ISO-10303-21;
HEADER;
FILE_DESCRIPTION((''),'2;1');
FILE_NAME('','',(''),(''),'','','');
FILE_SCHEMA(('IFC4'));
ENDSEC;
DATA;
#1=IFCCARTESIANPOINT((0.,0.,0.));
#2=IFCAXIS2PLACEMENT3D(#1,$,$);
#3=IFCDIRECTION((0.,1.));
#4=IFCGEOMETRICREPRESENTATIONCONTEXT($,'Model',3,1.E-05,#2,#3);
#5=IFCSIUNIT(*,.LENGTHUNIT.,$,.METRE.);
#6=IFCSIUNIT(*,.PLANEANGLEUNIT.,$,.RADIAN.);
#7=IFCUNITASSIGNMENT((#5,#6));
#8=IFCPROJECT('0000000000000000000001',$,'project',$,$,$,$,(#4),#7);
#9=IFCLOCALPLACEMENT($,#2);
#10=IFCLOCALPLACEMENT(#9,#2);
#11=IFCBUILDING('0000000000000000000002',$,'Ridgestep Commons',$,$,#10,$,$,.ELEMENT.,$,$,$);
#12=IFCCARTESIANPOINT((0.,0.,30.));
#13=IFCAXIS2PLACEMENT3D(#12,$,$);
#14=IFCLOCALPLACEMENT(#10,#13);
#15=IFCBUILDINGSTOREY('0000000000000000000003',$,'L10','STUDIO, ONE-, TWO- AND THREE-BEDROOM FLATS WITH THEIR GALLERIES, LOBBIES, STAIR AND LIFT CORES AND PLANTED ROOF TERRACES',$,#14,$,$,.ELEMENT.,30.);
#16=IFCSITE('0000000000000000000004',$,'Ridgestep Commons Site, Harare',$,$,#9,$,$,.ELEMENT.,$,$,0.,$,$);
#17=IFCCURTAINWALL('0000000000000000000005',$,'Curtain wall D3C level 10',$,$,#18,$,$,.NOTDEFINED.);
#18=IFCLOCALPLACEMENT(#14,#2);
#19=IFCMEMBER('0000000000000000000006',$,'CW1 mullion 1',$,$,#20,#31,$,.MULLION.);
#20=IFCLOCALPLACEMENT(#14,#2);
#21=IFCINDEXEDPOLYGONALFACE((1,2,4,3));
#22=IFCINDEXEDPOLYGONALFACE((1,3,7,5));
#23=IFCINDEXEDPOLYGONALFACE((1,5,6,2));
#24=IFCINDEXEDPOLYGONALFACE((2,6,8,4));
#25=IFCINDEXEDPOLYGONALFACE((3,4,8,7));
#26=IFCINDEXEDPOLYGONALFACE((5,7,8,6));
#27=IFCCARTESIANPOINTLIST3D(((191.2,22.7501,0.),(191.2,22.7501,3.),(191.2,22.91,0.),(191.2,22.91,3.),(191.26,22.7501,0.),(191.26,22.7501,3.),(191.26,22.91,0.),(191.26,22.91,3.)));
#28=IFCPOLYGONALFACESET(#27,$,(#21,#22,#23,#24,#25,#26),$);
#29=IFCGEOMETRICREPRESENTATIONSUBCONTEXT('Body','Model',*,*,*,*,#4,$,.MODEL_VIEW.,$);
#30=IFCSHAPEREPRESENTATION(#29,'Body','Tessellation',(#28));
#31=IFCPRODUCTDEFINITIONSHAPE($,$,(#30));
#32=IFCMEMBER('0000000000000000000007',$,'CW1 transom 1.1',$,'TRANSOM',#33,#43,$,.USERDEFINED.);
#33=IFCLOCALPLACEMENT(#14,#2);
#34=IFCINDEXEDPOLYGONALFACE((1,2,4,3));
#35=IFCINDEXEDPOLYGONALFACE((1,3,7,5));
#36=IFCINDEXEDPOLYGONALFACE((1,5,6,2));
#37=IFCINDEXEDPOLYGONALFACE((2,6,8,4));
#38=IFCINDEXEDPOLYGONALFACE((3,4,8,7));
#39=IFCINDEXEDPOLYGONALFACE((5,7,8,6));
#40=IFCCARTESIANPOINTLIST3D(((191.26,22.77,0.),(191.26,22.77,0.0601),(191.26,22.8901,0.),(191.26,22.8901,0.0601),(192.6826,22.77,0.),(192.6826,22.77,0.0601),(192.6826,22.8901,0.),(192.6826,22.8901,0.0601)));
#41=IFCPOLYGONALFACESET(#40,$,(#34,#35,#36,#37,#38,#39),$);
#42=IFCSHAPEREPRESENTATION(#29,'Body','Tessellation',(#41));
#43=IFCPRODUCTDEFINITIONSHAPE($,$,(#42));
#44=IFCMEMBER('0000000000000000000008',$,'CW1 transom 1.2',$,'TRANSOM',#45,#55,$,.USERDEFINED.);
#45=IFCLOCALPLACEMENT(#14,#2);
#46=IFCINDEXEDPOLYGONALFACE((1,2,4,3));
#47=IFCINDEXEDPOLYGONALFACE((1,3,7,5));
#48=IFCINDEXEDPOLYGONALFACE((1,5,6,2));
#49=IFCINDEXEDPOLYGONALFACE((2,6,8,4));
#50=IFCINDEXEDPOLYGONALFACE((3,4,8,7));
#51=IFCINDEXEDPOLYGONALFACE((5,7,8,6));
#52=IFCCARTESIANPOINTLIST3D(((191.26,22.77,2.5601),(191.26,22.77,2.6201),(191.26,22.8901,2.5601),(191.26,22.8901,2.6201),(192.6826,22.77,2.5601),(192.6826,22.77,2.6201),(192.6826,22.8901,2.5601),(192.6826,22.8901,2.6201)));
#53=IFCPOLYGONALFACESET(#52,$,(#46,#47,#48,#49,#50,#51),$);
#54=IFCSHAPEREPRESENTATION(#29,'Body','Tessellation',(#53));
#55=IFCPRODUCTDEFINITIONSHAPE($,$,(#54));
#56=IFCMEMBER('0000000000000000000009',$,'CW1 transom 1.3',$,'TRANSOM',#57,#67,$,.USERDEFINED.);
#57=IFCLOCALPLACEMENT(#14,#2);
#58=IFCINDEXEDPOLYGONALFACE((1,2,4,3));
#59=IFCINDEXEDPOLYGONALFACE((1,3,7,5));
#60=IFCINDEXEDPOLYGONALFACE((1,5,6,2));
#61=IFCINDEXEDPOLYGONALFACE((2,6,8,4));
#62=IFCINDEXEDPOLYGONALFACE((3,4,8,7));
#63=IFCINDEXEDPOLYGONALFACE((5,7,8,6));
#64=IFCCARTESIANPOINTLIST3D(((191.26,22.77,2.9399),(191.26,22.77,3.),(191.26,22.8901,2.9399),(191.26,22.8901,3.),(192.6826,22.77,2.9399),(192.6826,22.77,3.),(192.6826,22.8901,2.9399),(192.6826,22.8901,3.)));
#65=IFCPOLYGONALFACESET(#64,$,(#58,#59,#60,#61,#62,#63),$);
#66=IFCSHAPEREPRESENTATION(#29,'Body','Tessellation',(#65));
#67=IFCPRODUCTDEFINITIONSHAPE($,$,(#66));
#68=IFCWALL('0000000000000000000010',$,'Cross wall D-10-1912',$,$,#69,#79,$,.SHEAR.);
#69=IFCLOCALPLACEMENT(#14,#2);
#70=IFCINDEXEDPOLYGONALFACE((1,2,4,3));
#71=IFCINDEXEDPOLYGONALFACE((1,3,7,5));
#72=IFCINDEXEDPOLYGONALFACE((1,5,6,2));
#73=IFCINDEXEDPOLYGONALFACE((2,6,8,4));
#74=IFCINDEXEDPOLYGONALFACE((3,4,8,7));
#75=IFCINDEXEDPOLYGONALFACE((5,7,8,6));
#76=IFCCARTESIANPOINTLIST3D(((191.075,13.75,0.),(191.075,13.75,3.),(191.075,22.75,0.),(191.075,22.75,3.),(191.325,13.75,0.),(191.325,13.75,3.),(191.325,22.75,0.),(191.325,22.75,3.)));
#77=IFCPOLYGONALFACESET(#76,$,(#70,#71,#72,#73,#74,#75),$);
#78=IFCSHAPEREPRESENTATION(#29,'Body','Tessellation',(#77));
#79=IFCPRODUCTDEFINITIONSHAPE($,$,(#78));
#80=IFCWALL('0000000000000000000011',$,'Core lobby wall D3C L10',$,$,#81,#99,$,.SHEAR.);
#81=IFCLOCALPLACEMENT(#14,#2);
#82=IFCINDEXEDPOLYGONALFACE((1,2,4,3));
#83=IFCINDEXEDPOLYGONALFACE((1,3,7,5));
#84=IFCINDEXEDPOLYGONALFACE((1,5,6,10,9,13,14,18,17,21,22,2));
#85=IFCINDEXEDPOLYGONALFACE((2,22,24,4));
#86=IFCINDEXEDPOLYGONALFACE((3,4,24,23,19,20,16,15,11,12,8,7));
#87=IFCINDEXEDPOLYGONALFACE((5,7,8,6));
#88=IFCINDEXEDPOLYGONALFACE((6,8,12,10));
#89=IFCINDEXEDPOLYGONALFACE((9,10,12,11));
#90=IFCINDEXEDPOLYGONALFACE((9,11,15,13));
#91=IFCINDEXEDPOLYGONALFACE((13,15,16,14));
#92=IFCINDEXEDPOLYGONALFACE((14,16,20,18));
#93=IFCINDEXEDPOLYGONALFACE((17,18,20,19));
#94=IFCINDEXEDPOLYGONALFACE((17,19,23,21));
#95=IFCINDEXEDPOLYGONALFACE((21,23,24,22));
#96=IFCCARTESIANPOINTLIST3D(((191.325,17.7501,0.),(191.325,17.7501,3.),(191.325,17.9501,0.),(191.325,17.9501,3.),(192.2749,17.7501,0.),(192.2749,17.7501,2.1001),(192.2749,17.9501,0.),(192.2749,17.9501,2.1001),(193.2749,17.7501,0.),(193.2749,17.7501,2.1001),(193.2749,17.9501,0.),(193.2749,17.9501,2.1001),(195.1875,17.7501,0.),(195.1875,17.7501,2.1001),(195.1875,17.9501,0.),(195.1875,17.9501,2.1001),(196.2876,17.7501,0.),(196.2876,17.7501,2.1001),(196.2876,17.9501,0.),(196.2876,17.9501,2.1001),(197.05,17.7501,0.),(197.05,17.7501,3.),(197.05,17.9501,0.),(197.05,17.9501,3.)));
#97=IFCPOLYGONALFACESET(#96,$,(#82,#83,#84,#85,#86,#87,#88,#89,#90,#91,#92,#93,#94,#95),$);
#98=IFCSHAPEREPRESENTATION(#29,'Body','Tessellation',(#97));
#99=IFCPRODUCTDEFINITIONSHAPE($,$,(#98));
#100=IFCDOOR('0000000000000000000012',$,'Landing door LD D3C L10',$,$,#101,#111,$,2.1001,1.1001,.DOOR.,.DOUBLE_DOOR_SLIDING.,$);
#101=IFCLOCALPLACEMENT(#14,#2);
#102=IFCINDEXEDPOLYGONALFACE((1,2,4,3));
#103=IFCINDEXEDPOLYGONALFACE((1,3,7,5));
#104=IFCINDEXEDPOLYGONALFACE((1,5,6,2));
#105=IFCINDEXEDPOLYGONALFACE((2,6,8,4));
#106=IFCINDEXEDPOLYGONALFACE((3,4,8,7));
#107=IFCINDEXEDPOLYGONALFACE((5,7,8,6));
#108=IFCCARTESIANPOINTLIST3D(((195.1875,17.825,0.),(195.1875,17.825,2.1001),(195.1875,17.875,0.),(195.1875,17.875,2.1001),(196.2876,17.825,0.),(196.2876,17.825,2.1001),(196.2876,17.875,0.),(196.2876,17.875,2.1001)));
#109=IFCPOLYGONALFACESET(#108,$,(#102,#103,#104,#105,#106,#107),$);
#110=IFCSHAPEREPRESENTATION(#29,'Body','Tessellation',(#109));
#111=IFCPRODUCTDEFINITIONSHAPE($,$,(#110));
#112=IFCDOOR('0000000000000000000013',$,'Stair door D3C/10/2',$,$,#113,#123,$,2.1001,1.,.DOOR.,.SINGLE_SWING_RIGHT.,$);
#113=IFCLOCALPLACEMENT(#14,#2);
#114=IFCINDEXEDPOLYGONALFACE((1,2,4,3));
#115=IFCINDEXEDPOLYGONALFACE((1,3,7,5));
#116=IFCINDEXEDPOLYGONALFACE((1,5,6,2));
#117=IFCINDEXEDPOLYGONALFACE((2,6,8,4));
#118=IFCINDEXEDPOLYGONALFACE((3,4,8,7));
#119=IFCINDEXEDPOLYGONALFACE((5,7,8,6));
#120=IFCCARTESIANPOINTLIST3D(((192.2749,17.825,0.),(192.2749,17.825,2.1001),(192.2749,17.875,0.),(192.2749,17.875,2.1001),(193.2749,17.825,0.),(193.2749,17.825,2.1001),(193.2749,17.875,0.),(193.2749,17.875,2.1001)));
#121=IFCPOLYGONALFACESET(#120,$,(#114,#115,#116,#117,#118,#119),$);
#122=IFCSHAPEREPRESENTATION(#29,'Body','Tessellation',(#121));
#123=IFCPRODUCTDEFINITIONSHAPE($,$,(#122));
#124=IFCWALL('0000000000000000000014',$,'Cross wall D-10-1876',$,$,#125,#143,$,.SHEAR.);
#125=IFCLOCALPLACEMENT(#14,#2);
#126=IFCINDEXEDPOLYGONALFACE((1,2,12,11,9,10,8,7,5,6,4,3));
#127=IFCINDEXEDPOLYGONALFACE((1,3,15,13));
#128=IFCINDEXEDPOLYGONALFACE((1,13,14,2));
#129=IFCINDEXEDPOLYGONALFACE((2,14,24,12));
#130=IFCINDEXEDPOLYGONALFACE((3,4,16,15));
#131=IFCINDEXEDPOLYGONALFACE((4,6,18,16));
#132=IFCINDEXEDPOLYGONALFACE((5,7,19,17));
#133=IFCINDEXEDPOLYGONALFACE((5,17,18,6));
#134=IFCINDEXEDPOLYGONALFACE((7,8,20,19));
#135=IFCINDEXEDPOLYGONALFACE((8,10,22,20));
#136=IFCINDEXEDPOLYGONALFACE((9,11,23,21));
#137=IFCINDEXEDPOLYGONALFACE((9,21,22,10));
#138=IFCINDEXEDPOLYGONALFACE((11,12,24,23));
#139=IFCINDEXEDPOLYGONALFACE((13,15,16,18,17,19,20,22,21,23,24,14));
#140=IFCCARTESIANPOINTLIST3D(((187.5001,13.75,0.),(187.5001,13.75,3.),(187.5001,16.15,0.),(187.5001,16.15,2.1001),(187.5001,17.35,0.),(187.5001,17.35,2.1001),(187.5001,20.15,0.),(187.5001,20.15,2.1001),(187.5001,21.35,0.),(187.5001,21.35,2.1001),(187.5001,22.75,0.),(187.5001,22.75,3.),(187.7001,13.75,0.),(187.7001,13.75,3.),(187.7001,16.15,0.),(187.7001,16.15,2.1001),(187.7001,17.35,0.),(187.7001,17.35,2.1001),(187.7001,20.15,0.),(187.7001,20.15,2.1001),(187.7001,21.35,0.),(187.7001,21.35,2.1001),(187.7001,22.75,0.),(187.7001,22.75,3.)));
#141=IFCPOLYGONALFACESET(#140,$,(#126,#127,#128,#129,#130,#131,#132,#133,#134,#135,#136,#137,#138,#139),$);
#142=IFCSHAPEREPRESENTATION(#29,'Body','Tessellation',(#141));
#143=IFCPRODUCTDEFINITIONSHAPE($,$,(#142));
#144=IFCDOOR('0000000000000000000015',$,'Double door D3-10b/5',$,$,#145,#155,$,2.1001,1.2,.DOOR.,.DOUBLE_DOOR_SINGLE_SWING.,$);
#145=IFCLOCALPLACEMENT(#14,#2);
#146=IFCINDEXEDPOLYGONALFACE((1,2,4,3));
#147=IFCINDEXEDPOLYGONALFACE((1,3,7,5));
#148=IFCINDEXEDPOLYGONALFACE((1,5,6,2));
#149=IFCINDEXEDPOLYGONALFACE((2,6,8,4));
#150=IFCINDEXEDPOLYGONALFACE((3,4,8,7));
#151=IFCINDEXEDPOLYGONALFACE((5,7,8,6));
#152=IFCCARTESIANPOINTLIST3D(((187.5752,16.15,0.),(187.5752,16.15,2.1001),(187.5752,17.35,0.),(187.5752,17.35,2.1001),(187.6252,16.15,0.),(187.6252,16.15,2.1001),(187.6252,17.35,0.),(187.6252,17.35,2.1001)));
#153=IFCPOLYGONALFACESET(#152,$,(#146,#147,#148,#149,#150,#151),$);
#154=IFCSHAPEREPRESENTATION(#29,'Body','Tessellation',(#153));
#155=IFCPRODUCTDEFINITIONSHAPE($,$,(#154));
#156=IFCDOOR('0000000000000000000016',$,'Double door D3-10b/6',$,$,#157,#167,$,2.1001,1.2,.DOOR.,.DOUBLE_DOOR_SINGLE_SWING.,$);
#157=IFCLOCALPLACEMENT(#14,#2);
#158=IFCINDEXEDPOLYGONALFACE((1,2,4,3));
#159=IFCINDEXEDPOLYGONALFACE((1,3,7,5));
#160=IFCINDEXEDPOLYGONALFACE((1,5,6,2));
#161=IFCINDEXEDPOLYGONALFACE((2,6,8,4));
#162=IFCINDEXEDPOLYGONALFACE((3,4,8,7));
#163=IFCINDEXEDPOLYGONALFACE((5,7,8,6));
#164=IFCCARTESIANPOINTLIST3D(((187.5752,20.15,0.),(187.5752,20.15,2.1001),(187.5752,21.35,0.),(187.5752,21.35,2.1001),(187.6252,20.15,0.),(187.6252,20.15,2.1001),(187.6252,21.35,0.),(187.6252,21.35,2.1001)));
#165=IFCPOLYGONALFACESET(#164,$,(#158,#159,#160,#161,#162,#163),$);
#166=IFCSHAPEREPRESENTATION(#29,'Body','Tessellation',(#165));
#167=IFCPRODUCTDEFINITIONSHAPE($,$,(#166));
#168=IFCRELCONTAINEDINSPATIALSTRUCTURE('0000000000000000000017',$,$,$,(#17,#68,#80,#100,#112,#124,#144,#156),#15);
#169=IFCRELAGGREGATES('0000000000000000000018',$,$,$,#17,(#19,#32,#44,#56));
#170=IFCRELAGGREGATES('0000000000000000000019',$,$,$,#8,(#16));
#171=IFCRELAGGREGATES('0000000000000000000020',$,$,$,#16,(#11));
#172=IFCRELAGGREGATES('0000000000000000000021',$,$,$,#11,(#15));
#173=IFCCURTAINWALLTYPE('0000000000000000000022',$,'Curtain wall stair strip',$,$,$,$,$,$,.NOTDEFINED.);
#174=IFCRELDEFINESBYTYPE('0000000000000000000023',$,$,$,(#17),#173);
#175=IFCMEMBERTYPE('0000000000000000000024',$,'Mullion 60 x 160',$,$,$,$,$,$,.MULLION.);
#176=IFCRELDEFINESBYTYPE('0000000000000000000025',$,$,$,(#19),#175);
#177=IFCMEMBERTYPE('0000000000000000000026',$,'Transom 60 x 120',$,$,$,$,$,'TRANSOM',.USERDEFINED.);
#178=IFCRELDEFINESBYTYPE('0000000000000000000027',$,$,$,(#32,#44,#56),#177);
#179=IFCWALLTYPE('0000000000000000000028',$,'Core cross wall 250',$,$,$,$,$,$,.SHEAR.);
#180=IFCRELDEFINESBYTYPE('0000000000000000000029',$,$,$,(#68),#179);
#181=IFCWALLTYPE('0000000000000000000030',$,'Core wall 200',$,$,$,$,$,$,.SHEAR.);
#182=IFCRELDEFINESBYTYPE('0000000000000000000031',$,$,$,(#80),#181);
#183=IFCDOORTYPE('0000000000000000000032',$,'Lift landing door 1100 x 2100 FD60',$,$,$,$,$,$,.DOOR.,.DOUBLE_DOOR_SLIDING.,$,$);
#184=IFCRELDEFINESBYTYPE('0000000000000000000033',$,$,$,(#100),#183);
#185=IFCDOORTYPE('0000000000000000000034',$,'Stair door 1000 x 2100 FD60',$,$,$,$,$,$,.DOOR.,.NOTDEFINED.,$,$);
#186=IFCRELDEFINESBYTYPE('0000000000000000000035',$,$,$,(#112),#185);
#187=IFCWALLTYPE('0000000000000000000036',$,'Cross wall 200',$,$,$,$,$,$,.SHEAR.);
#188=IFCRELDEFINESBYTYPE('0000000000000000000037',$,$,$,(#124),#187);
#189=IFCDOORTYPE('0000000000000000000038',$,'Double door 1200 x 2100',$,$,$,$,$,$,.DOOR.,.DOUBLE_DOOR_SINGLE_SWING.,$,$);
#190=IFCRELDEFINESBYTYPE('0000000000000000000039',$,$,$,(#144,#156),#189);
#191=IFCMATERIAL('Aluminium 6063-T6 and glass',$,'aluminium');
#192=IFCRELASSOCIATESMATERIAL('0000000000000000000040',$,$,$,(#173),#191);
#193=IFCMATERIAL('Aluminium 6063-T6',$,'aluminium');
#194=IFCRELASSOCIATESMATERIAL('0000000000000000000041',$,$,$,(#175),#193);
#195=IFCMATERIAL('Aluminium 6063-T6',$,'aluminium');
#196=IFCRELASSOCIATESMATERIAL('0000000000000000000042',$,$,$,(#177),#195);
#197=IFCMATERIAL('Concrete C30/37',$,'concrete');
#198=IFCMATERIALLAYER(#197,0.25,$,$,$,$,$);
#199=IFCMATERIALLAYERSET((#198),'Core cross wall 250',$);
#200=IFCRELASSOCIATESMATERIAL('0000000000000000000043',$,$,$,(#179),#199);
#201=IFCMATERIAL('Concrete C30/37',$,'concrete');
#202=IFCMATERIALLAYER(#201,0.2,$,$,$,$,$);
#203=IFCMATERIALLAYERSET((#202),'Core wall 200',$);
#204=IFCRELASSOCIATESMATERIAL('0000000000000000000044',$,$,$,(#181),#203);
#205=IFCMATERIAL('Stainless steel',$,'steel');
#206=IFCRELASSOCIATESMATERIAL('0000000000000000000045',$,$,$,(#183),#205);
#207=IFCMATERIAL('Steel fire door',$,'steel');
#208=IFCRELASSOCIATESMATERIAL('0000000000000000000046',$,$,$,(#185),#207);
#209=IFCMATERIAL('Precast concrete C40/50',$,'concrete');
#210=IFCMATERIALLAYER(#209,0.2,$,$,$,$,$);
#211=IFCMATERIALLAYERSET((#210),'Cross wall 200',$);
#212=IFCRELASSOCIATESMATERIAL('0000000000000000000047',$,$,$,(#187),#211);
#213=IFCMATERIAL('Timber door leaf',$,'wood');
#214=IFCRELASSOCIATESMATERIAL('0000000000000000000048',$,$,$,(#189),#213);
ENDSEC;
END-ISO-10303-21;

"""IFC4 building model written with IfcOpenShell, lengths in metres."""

from ifc_helpers import new_model, si_unit, direction, frame, frame_2d, origin, origin_2d, place, context, subcontext, project, spatial, rectangle, extrude, material, layer, layer_set, material_profile, profile_set, type_object, element, fill, aggregate, save


model = new_model("IFC4")

# Units and contexts
model_context = context("Model", 3, precision=1e-05, world=origin(), true_north=direction((0.0, 1.0)))
body_context = subcontext(model_context, "Body", "Model", "MODEL_VIEW")
ifc_project = project(units=[si_unit("LENGTHUNIT", "METRE"), si_unit("PLANEANGLEUNIT", "RADIAN")], contexts=[model_context])

# Site, building, storey
site_placement = place(None, origin())
site = spatial("IfcSite", under=ifc_project, at=site_placement, Name="Ridgestep Commons Site, Harare", CompositionType="ELEMENT", RefElevation=0.0)
building_placement = place(site_placement, origin())
building = spatial("IfcBuilding", under=site, at=building_placement, Name="Ridgestep Commons", CompositionType="ELEMENT")
storey_placement = place(building_placement, frame((0.0, 0.0, 30.0)))
storey = spatial("IfcBuildingStorey", under=building, at=storey_placement, Name="L10", Description="STUDIO, ONE-, TWO- AND THREE-BEDROOM FLATS WITH THEIR GALLERIES, LOBBIES, STAIR AND LIFT CORES AND PLANTED ROOF TERRACES", CompositionType="ELEMENT", Elevation=30.0)

# Curtain wall, members
ifc_material_1 = material(Name="Aluminium 6063-T6 and glass", Category="aluminium")
curtain_wall_type = type_object("IfcCurtainWallType", Name="Curtain wall stair strip", PredefinedType="NOTDEFINED", material=ifc_material_1)
curtain_wall_placement = place(storey_placement, origin())
curtain_wall = element("IfcCurtainWall", 1, at=curtain_wall_placement, inside=storey, type_object=curtain_wall_type, Name="Curtain wall D3C level 10", PredefinedType="NOTDEFINED")
ifc_material_2 = material(Name="Aluminium 6063-T6", Category="aluminium")
ifc_material_profile_1 = material_profile(ifc_material_2, rectangle(XDim=0.1599, YDim=0.0601, at=origin_2d()), Name="Mullion 60 x 160")
ifc_profile_set_1 = profile_set([ifc_material_profile_1], Name="Aluminium 6063-T6")
member_type_1 = type_object("IfcMemberType", Name="Mullion 60 x 160", PredefinedType="MULLION", material=ifc_profile_set_1)
member_1_placement = place(storey_placement, frame((191.23, 22.8301, 0.0), z_axis=(0.0, 0.0, 1.0), x_axis=(0.0, 1.0, 0.0)))
member_1 = element("IfcMember", 2, at=member_1_placement, type_object=member_type_1, Name="CW1 mullion 1", PredefinedType="MULLION", context=body_context, shape_type="SweptSolid", body=[
    extrude(rectangle(XDim=0.1599, YDim=0.0601, at=origin_2d()), origin(), (0.0, 0.0, 1.0), 3.0),
])
ifc_material_3 = material(Name="Aluminium 6063-T6", Category="aluminium")
ifc_material_profile_2 = material_profile(ifc_material_3, rectangle(XDim=0.1201, YDim=0.0601, at=origin_2d()), Name="Transom 60 x 120")
ifc_profile_set_2 = profile_set([ifc_material_profile_2], Name="Aluminium 6063-T6")
member_type_2 = type_object("IfcMemberType", Name="Transom 60 x 120", ElementType="TRANSOM", PredefinedType="USERDEFINED", material=ifc_profile_set_2)
member_2_placement = place(storey_placement, frame((191.26, 22.8301, 0.03), z_axis=(1.0, 0.0, 0.0), x_axis=(0.0, 1.0, 0.0)))
member_2 = element("IfcMember", 3, at=member_2_placement, type_object=member_type_2, Name="CW1 transom 1.1", ObjectType="TRANSOM", PredefinedType="USERDEFINED", context=body_context, shape_type="SweptSolid", body=[
    extrude(rectangle(XDim=0.1201, YDim=0.0601, at=origin_2d()), origin(), (0.0, 0.0, 1.0), 1.4226),
])
member_3_placement = place(storey_placement, frame((191.26, 22.8301, 2.5901), z_axis=(1.0, 0.0, 0.0), x_axis=(0.0, 1.0, 0.0)))
member_3 = element("IfcMember", 4, at=member_3_placement, type_object=member_type_2, Name="CW1 transom 1.2", ObjectType="TRANSOM", PredefinedType="USERDEFINED", context=body_context, shape_type="SweptSolid", body=[
    extrude(rectangle(XDim=0.1201, YDim=0.0601, at=origin_2d()), origin(), (0.0, 0.0, 1.0), 1.4226),
])
member_4_placement = place(storey_placement, frame((191.26, 22.8301, 2.97), z_axis=(1.0, 0.0, 0.0), x_axis=(0.0, 1.0, 0.0)))
member_4 = element("IfcMember", 5, at=member_4_placement, type_object=member_type_2, Name="CW1 transom 1.3", ObjectType="TRANSOM", PredefinedType="USERDEFINED", context=body_context, shape_type="SweptSolid", body=[
    extrude(rectangle(XDim=0.1201, YDim=0.0601, at=origin_2d()), origin(), (0.0, 0.0, 1.0), 1.4226),
])
aggregate(curtain_wall, [member_1, member_2, member_3, member_4])

# Wall
ifc_material_4 = material(Name="Concrete C30/37", Category="concrete")
ifc_layer_1 = layer(ifc_material_4, 0.25)
ifc_layer_set_1 = layer_set([ifc_layer_1], Name="Core cross wall 250")
wall_type_1 = type_object("IfcWallType", Name="Core cross wall 250", PredefinedType="SHEAR", material=ifc_layer_set_1)
wall_1_placement = place(storey_placement, frame((191.2, 13.75, 0.0), z_axis=(0.0, 0.0, 1.0), x_axis=(0.0, 1.0, 0.0)))
element("IfcWall", 6, at=wall_1_placement, inside=storey, type_object=wall_type_1, Name="Cross wall D-10-1912", PredefinedType="SHEAR", context=body_context, shape_type="SweptSolid", body=[
    extrude(rectangle(XDim=9.0, YDim=0.25, at=frame_2d((4.5, 0.0))), origin(), (0.0, 0.0, 1.0), 3.0),
])

# Walls, openings, doors
ifc_material_5 = material(Name="Concrete C30/37", Category="concrete")
ifc_layer_2 = layer(ifc_material_5, 0.2)
ifc_layer_set_2 = layer_set([ifc_layer_2], Name="Core wall 200")
wall_type_2 = type_object("IfcWallType", Name="Core wall 200", PredefinedType="SHEAR", material=ifc_layer_set_2)
wall_2_placement = place(storey_placement, frame((191.325, 17.8501, 0.0), z_axis=(0.0, 0.0, 1.0), x_axis=(1.0, 0.0, 0.0)))
wall_2 = element("IfcWall", 7, at=wall_2_placement, inside=storey, type_object=wall_type_2, Name="Core lobby wall D3C L10", PredefinedType="SHEAR", context=body_context, shape_type="SweptSolid", body=[
    extrude(rectangle(XDim=5.7251, YDim=0.2, at=frame_2d((2.8625, 0.0))), origin(), (0.0, 0.0, 1.0), 3.0),
])
opening_1_placement = place(wall_2_placement, frame((0.95, 0.0, 0.0)))
opening_1 = element("IfcOpeningElement", 8, at=opening_1_placement, cuts=wall_2, PredefinedType="OPENING", context=body_context, shape_type="SweptSolid", body=[
    extrude(rectangle(XDim=1.0, YDim=2.1001, at=frame_2d((0.5, 1.05))), frame((0.0, 0.1099, 0.0), z_axis=(0.0, -1.0, 0.0), x_axis=(1.0, 0.0, 0.0)), (0.0, 0.0, 1.0), 0.22),
])
opening_2_placement = place(wall_2_placement, frame((3.8625, 0.0, 0.0)))
opening_2 = element("IfcOpeningElement", 9, at=opening_2_placement, cuts=wall_2, PredefinedType="OPENING", context=body_context, shape_type="SweptSolid", body=[
    extrude(rectangle(XDim=1.1001, YDim=2.1001, at=frame_2d((0.55, 1.05))), frame((0.0, 0.1099, 0.0), z_axis=(0.0, -1.0, 0.0), x_axis=(1.0, 0.0, 0.0)), (0.0, 0.0, 1.0), 0.22),
])
ifc_material_6 = material(Name="Stainless steel", Category="steel")
door_type_1 = type_object("IfcDoorType", Name="Lift landing door 1100 x 2100 FD60", OperationType="DOUBLE_DOOR_SLIDING", PredefinedType="DOOR", material=ifc_material_6)
door_1_placement = place(opening_2_placement, origin())
door_1 = element("IfcDoor", 10, at=door_1_placement, inside=storey, type_object=door_type_1, Name="Landing door LD D3C L10", OperationType="DOUBLE_DOOR_SLIDING", OverallHeight=2.1001, OverallWidth=1.1001, PredefinedType="DOOR", context=body_context, shape_type="SweptSolid", body=[
    extrude(rectangle(XDim=1.1001, YDim=2.1001, at=frame_2d((0.55, 1.05))), frame((0.0, 0.0249, 0.0), z_axis=(0.0, -1.0, 0.0), x_axis=(1.0, 0.0, 0.0)), (0.0, 0.0, 1.0), 0.05),
])
fill(opening_2, door_1)
ifc_material_7 = material(Name="Steel fire door", Category="steel")
door_type_2 = type_object("IfcDoorType", Name="Stair door 1000 x 2100 FD60", OperationType="NOTDEFINED", PredefinedType="DOOR", material=ifc_material_7)
door_2_placement = place(opening_1_placement, origin())
door_2 = element("IfcDoor", 11, at=door_2_placement, inside=storey, type_object=door_type_2, Name="Stair door D3C/10/2", OperationType="SINGLE_SWING_RIGHT", OverallHeight=2.1001, OverallWidth=1.0, PredefinedType="DOOR", context=body_context, shape_type="SweptSolid", body=[
    extrude(rectangle(XDim=1.0, YDim=2.1001, at=frame_2d((0.5, 1.05))), frame((0.0, 0.0249, 0.0), z_axis=(0.0, -1.0, 0.0), x_axis=(1.0, 0.0, 0.0)), (0.0, 0.0, 1.0), 0.05),
])
fill(opening_1, door_2)
ifc_material_8 = material(Name="Precast concrete C40/50", Category="concrete")
ifc_layer_3 = layer(ifc_material_8, 0.2)
ifc_layer_set_3 = layer_set([ifc_layer_3], Name="Cross wall 200")
wall_type_3 = type_object("IfcWallType", Name="Cross wall 200", PredefinedType="SHEAR", material=ifc_layer_set_3)
wall_3_placement = place(storey_placement, frame((187.6001, 13.75, 0.0), z_axis=(0.0, 0.0, 1.0), x_axis=(0.0, 1.0, 0.0)))
wall_3 = element("IfcWall", 12, at=wall_3_placement, inside=storey, type_object=wall_type_3, Name="Cross wall D-10-1876", PredefinedType="SHEAR", context=body_context, shape_type="SweptSolid", body=[
    extrude(rectangle(XDim=9.0, YDim=0.2, at=frame_2d((4.5, 0.0))), origin(), (0.0, 0.0, 1.0), 3.0),
])
opening_3_placement = place(wall_3_placement, frame((2.3999, 0.0, 0.0)))
opening_3 = element("IfcOpeningElement", 13, at=opening_3_placement, cuts=wall_3, PredefinedType="OPENING", context=body_context, shape_type="SweptSolid", body=[
    extrude(rectangle(XDim=1.2, YDim=2.1001, at=frame_2d((0.6001, 1.05))), frame((0.0, 0.1099, 0.0), z_axis=(0.0, -1.0, 0.0), x_axis=(1.0, 0.0, 0.0)), (0.0, 0.0, 1.0), 0.22),
])
opening_4_placement = place(wall_3_placement, frame((6.3999, 0.0, 0.0)))
opening_4 = element("IfcOpeningElement", 14, at=opening_4_placement, cuts=wall_3, PredefinedType="OPENING", context=body_context, shape_type="SweptSolid", body=[
    extrude(rectangle(XDim=1.2, YDim=2.1001, at=frame_2d((0.6001, 1.05))), frame((0.0, 0.1099, 0.0), z_axis=(0.0, -1.0, 0.0), x_axis=(1.0, 0.0, 0.0)), (0.0, 0.0, 1.0), 0.22),
])
ifc_material_9 = material(Name="Timber door leaf", Category="wood")
door_type_3 = type_object("IfcDoorType", Name="Double door 1200 x 2100", OperationType="DOUBLE_DOOR_SINGLE_SWING", PredefinedType="DOOR", material=ifc_material_9)
door_3_placement = place(opening_3_placement, origin())
door_3 = element("IfcDoor", 15, at=door_3_placement, inside=storey, type_object=door_type_3, Name="Double door D3-10b/5", OperationType="DOUBLE_DOOR_SINGLE_SWING", OverallHeight=2.1001, OverallWidth=1.2, PredefinedType="DOOR", context=body_context, shape_type="SweptSolid", body=[
    extrude(rectangle(XDim=1.2, YDim=2.1001, at=frame_2d((0.6001, 1.05))), frame((0.0, 0.0249, 0.0), z_axis=(0.0, -1.0, 0.0), x_axis=(1.0, 0.0, 0.0)), (0.0, 0.0, 1.0), 0.05),
])
fill(opening_3, door_3)
door_4_placement = place(opening_4_placement, origin())
door_4 = element("IfcDoor", 16, at=door_4_placement, inside=storey, type_object=door_type_3, Name="Double door D3-10b/6", OperationType="DOUBLE_DOOR_SINGLE_SWING", OverallHeight=2.1001, OverallWidth=1.2, PredefinedType="DOOR", context=body_context, shape_type="SweptSolid", body=[
    extrude(rectangle(XDim=1.2, YDim=2.1001, at=frame_2d((0.6001, 1.05))), frame((0.0, 0.0249, 0.0), z_axis=(0.0, -1.0, 0.0), x_axis=(1.0, 0.0, 0.0)), (0.0, 0.0, 1.0), 0.05),
])
fill(opening_4, door_4)

save(model, "model.ifc")
